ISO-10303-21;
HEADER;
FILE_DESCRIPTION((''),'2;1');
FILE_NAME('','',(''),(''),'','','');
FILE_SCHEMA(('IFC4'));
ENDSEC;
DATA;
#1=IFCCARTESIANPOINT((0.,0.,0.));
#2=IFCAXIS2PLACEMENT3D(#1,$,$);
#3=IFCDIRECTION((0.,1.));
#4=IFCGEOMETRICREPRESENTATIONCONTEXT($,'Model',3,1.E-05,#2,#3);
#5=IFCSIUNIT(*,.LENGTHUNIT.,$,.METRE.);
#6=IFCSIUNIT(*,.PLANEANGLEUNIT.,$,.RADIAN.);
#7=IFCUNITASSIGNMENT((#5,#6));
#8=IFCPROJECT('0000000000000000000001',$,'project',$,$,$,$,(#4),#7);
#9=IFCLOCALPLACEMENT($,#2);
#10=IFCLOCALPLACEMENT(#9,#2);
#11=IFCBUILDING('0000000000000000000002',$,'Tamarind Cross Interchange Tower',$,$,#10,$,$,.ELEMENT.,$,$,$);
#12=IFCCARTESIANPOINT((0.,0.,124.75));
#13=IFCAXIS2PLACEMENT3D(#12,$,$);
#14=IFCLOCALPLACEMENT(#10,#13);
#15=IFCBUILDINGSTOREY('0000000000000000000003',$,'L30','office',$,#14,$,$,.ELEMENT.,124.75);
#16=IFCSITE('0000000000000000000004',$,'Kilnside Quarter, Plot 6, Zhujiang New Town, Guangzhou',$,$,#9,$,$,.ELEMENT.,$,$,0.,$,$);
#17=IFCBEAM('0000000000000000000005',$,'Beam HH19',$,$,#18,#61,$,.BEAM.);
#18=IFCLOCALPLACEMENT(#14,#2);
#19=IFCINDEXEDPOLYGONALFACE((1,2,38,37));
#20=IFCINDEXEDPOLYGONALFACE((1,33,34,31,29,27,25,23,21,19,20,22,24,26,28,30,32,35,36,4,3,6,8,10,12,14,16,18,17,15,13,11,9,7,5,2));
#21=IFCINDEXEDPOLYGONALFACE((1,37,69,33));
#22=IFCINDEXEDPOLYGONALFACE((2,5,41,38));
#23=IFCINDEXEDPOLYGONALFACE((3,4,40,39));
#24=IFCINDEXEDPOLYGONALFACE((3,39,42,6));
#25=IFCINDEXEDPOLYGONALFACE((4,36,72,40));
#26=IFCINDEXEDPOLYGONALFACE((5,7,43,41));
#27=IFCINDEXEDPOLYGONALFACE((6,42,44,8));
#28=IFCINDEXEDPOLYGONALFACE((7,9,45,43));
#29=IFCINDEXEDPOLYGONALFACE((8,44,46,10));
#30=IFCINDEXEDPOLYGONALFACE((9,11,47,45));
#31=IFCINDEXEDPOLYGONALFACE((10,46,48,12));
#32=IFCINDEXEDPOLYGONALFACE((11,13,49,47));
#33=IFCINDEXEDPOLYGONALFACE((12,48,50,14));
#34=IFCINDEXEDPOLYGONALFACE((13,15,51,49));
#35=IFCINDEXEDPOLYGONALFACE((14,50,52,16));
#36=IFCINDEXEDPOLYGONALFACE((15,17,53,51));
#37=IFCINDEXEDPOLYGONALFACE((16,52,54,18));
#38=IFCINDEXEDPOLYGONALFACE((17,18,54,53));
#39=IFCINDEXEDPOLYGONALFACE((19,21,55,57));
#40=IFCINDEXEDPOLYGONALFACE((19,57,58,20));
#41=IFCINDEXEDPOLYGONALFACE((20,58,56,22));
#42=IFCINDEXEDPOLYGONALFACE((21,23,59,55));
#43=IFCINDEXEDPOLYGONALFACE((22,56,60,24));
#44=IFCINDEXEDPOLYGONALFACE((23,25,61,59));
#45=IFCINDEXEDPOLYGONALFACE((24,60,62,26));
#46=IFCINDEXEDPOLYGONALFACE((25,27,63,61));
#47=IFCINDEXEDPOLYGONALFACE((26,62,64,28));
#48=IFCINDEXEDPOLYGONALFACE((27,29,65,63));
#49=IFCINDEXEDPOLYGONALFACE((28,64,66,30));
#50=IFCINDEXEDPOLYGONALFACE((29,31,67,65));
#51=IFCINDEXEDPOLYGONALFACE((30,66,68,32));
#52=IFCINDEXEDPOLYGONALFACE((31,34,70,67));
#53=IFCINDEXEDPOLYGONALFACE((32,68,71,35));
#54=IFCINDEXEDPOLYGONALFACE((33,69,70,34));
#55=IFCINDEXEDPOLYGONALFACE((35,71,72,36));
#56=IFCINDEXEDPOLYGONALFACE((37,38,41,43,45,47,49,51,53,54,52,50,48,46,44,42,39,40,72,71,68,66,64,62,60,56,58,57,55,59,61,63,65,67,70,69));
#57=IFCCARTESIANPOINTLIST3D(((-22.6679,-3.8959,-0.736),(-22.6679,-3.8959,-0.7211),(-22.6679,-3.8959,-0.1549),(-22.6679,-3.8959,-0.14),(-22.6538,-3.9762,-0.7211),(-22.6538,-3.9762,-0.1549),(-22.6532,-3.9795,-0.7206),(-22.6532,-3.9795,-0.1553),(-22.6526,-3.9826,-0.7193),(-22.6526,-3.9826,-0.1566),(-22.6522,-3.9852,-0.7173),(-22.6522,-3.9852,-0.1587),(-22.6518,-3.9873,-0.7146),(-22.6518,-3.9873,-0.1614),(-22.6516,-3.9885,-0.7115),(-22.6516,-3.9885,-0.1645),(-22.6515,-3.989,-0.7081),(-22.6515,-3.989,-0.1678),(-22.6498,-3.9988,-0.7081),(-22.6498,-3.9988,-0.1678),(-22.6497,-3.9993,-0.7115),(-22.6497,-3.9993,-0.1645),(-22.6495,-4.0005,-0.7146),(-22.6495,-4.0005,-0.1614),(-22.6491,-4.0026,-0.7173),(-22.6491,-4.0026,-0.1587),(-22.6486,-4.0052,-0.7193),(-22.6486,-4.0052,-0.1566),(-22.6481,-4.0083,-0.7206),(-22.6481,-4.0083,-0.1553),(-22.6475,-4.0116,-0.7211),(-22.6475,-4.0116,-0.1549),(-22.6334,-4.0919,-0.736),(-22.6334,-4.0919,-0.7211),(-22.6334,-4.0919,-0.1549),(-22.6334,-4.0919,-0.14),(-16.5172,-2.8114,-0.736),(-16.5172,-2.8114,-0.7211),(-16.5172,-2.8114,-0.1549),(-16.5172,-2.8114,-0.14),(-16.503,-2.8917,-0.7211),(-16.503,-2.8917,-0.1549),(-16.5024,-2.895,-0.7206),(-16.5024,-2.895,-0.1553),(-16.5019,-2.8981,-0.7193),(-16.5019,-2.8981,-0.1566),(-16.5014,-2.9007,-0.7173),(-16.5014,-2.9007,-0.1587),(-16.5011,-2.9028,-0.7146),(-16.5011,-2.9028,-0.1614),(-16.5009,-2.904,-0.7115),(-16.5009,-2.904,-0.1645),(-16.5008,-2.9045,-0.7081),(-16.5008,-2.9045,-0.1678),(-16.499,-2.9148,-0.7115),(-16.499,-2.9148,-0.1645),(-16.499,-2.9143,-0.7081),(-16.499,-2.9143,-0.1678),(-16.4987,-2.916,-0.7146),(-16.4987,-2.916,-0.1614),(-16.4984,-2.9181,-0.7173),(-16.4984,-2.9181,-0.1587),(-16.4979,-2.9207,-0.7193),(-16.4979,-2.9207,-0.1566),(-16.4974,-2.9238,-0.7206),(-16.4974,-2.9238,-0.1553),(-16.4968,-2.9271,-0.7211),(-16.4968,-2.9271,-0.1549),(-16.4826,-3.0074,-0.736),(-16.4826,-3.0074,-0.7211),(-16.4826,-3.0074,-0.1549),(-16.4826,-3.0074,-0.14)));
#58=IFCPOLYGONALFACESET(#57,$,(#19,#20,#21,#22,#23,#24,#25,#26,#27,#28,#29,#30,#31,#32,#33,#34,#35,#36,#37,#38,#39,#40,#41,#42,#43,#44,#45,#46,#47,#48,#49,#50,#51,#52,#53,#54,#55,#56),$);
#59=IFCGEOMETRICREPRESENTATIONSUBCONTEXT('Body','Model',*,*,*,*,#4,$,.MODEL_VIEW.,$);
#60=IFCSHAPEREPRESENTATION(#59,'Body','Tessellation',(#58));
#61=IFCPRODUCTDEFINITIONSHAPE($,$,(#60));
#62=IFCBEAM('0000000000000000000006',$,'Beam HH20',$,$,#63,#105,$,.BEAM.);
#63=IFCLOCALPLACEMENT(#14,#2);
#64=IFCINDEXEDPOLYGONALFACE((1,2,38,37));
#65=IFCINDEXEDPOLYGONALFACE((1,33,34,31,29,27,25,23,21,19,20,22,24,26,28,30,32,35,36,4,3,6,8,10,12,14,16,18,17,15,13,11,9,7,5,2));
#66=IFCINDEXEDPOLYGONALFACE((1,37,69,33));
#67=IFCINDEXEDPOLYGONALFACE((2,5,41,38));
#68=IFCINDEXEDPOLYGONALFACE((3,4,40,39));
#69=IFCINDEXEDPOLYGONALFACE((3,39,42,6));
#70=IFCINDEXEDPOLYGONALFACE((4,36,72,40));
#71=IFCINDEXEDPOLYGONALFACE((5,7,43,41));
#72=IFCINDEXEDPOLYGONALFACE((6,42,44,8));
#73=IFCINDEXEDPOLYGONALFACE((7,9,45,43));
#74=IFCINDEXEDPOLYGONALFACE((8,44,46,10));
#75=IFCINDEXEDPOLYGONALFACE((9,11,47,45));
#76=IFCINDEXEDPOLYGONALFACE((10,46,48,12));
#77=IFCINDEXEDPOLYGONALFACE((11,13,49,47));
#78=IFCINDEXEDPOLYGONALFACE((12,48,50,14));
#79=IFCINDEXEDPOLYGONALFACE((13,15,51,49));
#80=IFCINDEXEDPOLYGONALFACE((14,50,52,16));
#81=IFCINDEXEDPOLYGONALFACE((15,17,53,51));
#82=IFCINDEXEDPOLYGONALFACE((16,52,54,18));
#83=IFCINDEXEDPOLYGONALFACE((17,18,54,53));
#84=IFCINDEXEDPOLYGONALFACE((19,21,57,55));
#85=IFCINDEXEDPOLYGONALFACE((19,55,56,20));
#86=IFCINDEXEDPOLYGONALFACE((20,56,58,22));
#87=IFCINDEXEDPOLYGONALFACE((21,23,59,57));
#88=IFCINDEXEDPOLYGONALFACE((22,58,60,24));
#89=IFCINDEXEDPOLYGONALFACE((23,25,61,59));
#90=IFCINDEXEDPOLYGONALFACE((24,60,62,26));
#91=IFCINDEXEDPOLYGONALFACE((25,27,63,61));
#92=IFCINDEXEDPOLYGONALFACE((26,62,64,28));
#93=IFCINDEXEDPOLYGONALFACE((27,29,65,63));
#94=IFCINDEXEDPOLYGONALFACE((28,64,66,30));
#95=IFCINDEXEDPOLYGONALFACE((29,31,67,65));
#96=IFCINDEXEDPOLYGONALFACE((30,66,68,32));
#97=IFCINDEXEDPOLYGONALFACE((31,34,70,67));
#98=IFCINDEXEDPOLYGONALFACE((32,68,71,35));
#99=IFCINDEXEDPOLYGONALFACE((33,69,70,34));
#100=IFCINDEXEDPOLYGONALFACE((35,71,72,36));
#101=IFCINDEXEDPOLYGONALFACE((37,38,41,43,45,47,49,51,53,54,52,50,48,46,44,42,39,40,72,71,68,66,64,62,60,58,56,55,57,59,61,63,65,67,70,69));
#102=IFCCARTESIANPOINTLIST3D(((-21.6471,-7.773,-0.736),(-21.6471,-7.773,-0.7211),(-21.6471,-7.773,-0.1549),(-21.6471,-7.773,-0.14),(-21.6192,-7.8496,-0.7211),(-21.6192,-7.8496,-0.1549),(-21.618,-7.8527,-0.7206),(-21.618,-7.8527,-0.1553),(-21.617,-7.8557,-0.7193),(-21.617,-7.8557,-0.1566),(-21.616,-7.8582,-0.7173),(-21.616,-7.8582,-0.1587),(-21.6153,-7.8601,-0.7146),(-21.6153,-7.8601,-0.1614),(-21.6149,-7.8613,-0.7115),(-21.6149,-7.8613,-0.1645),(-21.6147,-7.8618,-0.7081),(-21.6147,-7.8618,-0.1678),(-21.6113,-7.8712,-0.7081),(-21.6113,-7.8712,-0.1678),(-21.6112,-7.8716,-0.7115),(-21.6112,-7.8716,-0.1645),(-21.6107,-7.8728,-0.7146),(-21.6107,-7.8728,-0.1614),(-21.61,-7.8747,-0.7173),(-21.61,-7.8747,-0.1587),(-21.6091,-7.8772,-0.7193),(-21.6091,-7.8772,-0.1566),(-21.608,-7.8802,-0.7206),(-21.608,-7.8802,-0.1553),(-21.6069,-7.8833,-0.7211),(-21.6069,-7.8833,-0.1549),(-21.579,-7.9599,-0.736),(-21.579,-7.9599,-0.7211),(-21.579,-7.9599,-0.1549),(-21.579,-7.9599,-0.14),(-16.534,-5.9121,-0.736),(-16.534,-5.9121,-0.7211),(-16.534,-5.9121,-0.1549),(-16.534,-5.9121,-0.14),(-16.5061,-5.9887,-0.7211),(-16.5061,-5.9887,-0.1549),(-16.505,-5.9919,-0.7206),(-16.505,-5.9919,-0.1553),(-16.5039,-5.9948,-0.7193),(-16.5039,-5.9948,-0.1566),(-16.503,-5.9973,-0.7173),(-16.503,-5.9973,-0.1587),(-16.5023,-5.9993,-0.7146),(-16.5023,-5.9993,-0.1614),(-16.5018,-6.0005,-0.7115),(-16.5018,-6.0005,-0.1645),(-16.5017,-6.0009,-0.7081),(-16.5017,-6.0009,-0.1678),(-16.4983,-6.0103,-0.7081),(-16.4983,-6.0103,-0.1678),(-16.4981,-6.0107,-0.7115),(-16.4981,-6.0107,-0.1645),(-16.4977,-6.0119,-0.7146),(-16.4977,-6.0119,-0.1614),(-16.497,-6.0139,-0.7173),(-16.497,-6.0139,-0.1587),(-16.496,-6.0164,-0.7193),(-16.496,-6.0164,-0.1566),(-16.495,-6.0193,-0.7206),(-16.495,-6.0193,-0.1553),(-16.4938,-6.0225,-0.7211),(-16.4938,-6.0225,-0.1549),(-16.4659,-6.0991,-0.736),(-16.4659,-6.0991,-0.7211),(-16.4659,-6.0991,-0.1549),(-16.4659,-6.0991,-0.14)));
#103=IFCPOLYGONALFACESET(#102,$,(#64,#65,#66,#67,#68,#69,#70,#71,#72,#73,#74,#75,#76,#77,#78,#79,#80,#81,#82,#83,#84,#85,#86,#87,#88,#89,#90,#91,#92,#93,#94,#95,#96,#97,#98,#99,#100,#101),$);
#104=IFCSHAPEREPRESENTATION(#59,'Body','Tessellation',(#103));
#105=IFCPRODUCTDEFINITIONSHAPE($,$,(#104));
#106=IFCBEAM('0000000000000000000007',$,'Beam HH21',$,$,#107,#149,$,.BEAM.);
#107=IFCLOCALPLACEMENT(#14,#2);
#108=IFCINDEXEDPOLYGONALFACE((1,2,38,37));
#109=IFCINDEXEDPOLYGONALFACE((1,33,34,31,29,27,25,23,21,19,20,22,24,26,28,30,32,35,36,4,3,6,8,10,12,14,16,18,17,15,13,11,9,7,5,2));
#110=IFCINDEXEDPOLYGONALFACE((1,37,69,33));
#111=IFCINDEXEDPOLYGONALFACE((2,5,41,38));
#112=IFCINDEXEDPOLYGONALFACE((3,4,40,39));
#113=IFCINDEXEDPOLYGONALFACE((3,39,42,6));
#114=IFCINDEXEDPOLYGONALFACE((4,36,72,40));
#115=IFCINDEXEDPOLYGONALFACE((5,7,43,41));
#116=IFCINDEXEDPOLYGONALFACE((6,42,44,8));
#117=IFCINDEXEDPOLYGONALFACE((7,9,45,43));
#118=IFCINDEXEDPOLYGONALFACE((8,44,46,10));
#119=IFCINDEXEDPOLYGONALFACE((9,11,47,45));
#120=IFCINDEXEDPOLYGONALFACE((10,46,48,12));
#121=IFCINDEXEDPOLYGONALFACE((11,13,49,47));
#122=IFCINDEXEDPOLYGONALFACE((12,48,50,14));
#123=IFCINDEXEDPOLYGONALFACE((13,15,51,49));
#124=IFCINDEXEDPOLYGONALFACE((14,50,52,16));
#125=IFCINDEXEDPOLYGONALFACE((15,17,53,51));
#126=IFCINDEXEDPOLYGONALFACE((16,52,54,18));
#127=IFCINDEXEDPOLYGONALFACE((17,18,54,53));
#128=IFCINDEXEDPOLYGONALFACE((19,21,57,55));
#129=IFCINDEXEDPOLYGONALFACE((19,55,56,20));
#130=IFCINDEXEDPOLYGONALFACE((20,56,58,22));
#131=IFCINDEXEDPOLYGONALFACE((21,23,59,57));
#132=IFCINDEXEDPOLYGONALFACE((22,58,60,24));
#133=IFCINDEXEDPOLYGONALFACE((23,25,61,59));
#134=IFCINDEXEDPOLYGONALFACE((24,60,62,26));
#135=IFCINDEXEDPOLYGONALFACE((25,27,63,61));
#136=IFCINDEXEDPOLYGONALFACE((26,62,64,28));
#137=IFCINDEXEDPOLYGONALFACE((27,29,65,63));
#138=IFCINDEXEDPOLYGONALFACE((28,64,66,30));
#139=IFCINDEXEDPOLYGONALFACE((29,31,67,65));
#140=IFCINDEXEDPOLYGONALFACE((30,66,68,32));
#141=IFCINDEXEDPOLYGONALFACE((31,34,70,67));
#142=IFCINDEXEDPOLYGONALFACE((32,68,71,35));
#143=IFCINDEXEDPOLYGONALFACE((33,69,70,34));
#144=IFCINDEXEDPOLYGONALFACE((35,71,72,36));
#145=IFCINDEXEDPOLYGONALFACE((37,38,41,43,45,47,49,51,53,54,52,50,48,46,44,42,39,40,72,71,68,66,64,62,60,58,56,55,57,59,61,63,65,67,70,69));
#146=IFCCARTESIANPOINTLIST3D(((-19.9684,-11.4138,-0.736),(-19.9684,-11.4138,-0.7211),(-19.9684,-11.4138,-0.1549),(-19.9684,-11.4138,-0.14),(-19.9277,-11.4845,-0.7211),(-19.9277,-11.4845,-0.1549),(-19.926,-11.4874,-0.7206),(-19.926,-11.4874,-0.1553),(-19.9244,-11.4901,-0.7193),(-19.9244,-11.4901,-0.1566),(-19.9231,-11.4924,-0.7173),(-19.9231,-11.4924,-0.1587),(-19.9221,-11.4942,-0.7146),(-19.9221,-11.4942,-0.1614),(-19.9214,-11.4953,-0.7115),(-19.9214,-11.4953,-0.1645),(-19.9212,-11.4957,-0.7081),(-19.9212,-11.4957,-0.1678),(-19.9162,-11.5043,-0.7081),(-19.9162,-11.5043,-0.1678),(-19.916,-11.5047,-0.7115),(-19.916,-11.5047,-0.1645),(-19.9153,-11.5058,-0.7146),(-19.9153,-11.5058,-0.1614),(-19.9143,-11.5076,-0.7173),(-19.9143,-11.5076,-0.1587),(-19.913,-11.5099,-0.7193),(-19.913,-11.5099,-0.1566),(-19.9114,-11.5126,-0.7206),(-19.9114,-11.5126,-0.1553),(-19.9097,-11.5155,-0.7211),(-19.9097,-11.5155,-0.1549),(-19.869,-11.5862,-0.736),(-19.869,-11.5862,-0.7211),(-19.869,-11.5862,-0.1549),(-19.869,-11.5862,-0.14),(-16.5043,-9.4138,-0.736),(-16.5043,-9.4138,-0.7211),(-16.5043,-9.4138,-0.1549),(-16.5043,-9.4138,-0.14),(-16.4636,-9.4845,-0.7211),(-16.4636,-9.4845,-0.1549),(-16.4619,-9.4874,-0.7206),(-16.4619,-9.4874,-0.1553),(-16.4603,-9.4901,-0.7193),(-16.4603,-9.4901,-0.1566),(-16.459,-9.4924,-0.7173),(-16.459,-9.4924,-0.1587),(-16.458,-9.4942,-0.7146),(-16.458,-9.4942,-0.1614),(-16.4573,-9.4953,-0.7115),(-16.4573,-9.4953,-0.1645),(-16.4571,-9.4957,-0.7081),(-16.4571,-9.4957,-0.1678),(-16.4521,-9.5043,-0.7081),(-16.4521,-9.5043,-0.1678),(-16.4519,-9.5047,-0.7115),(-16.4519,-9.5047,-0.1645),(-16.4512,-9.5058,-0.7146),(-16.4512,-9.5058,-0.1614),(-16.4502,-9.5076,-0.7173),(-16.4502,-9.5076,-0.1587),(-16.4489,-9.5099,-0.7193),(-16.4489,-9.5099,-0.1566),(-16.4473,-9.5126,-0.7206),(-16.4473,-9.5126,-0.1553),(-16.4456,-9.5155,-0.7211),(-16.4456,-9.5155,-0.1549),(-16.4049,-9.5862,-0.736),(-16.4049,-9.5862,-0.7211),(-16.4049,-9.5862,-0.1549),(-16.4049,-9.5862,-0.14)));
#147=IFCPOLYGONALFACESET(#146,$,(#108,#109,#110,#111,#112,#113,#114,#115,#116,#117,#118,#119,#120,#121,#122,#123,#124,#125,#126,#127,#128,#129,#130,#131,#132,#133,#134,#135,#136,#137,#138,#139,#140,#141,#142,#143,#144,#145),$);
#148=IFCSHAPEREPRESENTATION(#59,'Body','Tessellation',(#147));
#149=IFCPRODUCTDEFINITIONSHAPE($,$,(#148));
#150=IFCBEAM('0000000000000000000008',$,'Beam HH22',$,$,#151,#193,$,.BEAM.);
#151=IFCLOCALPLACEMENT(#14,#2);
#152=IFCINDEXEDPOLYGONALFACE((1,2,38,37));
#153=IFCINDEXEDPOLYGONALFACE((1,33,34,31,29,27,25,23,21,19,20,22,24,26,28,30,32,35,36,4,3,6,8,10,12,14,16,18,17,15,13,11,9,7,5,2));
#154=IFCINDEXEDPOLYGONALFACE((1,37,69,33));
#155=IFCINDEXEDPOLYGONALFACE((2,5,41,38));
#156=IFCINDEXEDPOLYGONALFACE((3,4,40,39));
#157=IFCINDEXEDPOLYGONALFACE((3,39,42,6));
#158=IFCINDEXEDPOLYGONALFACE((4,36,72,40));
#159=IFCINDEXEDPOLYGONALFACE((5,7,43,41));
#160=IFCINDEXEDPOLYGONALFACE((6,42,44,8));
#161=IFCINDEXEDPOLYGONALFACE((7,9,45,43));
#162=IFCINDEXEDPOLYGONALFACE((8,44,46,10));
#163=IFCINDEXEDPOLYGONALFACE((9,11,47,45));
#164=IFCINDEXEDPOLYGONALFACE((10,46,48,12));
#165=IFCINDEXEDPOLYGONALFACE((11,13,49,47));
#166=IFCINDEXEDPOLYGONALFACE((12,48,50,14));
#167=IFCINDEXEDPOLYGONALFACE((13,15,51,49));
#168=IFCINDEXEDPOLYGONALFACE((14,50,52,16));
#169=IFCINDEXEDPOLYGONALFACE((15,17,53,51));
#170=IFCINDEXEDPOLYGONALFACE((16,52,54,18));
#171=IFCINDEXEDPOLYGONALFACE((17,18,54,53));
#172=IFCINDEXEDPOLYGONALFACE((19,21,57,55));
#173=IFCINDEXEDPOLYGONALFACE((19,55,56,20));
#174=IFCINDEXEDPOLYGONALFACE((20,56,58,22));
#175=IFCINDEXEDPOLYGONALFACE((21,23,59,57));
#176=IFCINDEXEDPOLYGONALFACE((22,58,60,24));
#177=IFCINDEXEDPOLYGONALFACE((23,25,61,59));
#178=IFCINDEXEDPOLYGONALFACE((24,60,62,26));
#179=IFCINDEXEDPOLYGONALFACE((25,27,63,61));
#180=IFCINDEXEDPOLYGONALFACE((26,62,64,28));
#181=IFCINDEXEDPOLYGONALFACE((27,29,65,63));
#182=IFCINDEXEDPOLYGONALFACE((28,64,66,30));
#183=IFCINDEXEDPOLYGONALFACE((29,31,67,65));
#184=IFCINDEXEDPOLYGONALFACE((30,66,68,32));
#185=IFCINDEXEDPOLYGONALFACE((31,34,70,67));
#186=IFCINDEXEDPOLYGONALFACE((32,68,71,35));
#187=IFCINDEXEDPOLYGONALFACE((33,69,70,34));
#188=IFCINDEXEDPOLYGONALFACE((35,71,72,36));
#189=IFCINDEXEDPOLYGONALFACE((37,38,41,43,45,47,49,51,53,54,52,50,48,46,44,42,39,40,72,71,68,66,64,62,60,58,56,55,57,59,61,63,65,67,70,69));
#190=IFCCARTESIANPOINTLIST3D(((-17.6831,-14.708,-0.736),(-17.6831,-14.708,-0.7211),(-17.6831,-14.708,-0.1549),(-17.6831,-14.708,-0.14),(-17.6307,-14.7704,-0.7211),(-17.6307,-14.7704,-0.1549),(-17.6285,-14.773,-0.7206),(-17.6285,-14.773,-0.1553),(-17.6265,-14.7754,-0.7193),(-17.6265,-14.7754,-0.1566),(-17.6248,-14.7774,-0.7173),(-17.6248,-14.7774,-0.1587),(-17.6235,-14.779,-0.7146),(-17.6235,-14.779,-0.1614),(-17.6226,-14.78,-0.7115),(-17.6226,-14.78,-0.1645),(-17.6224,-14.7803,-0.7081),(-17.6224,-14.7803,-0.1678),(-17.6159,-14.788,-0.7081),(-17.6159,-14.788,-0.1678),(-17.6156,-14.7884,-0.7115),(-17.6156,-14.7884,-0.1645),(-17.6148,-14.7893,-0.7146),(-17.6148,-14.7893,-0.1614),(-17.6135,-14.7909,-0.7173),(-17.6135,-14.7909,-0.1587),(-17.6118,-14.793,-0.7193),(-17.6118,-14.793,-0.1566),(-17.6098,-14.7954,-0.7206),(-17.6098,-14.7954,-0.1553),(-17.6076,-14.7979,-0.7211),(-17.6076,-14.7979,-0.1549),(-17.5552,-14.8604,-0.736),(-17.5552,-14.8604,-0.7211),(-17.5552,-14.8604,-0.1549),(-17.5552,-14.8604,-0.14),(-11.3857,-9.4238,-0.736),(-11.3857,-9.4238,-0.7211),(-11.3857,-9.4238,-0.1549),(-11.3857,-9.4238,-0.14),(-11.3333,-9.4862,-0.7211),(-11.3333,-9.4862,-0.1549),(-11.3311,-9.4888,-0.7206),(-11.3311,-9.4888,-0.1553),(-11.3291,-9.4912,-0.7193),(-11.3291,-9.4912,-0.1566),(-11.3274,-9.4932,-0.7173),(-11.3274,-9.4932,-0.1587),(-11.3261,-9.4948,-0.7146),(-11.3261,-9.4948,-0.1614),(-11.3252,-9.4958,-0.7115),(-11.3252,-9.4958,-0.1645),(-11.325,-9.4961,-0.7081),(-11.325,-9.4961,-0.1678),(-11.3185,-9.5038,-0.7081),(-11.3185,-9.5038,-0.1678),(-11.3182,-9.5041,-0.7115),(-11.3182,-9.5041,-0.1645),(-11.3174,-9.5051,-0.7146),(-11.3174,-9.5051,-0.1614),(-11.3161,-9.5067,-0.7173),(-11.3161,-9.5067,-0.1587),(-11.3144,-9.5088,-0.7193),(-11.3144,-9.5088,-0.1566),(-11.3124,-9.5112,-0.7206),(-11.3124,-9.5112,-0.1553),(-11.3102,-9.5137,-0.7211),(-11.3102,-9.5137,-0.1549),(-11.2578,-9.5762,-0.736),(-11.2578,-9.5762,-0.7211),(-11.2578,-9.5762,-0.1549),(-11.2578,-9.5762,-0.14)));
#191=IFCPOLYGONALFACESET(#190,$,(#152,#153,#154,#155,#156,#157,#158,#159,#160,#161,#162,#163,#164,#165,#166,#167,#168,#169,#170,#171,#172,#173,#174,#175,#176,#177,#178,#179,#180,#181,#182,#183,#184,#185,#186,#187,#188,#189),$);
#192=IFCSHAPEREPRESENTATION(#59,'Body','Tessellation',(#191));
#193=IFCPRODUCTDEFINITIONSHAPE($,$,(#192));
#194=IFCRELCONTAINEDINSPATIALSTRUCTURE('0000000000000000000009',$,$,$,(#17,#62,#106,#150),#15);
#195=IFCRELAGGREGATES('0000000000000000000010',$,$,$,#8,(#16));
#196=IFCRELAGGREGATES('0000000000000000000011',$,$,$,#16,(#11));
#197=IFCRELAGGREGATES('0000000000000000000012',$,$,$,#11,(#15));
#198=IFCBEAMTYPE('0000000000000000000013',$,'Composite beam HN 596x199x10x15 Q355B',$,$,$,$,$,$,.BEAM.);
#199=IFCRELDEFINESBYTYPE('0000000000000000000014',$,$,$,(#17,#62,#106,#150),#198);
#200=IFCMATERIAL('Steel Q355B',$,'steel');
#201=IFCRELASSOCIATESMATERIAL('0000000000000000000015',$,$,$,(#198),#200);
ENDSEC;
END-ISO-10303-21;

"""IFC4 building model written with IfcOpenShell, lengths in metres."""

from ifc_helpers import new_model, si_unit, direction, frame, origin, origin_2d, place, context, subcontext, project, spatial, i_section, extrude, material, material_profile, profile_set, type_object, element, save


model = new_model("IFC4")

# Units and contexts
model_context = context("Model", 3, precision=1e-05, world=origin(), true_north=direction((0.0, 1.0)))
body_context = subcontext(model_context, "Body", "Model", "MODEL_VIEW")
ifc_project = project(units=[si_unit("LENGTHUNIT", "METRE"), si_unit("PLANEANGLEUNIT", "RADIAN")], contexts=[model_context])

# Site, building, storey
site_placement = place(None, origin())
site = spatial("IfcSite", under=ifc_project, at=site_placement, Name="Kilnside Quarter, Plot 6, Zhujiang New Town, Guangzhou", CompositionType="ELEMENT", RefElevation=0.0)
building_placement = place(site_placement, origin())
building = spatial("IfcBuilding", under=site, at=building_placement, Name="Tamarind Cross Interchange Tower", CompositionType="ELEMENT")
storey_placement = place(building_placement, frame((0.0, 0.0, 124.75)))
storey = spatial("IfcBuildingStorey", under=building, at=storey_placement, Name="L30", Description="office", CompositionType="ELEMENT", Elevation=124.75)

# Beams
ifc_material_1 = material(Name="Steel Q355B", Category="steel")
ifc_material_profile_1 = material_profile(ifc_material_1, i_section(OverallWidth=0.199, OverallDepth=0.5959, WebThickness=0.01, FlangeThickness=0.0149, FilletRadius=0.0129, at=origin_2d()), Name="HN 596x199x10x15")
ifc_profile_set_1 = profile_set([ifc_material_profile_1], Name="Steel Q355B")
beam_type = type_object("IfcBeamType", Name="Composite beam HN 596x199x10x15 Q355B", PredefinedType="BEAM", material=ifc_profile_set_1)
beam_1_placement = place(storey_placement, frame((-22.6506, -3.9939, -0.438), z_axis=(0.984809, 0.17364, 0.0), x_axis=(-0.17364, 0.984809, 0.0)))
element("IfcBeam", 1, at=beam_1_placement, inside=storey, type_object=beam_type, Name="Beam HH19", PredefinedType="BEAM", context=body_context, shape_type="SweptSolid", body=[
    extrude(i_section(OverallWidth=0.199, OverallDepth=0.5959, WebThickness=0.01, FlangeThickness=0.0149, FilletRadius=0.0129, at=origin_2d()), origin(), (0.0, 0.0, 1.0), 6.2456),
])
beam_2_placement = place(storey_placement, frame((-21.613, -7.8665, -0.438), z_axis=(0.939702, 0.341995, 0.0), x_axis=(-0.341995, 0.939702, 0.0)))
element("IfcBeam", 2, at=beam_2_placement, inside=storey, type_object=beam_type, Name="Beam HH20", PredefinedType="BEAM", context=body_context, shape_type="SweptSolid", body=[
    extrude(i_section(OverallWidth=0.199, OverallDepth=0.5959, WebThickness=0.01, FlangeThickness=0.0149, FilletRadius=0.0129, at=origin_2d()), origin(), (0.0, 0.0, 1.0), 5.4412),
])
beam_3_placement = place(storey_placement, frame((-19.9187, -11.5, -0.438), z_axis=(0.866026, 0.499999, 0.0), x_axis=(-0.499999, 0.866026, 0.0)))
element("IfcBeam", 3, at=beam_3_placement, inside=storey, type_object=beam_type, Name="Beam HH21", PredefinedType="BEAM", context=body_context, shape_type="SweptSolid", body=[
    extrude(i_section(OverallWidth=0.199, OverallDepth=0.5959, WebThickness=0.01, FlangeThickness=0.0149, FilletRadius=0.0129, at=origin_2d()), origin(), (0.0, 0.0, 1.0), 4.0),
])
beam_4_placement = place(storey_placement, frame((-17.6191, -14.7842, -0.438), z_axis=(0.766041, 0.642792, 0.0), x_axis=(-0.642792, 0.766041, 0.0)))
element("IfcBeam", 4, at=beam_4_placement, inside=storey, type_object=beam_type, Name="Beam HH22", PredefinedType="BEAM", context=body_context, shape_type="SweptSolid", body=[
    extrude(i_section(OverallWidth=0.199, OverallDepth=0.5959, WebThickness=0.01, FlangeThickness=0.0149, FilletRadius=0.0129, at=origin_2d()), origin(), (0.0, 0.0, 1.0), 8.2207),
])

save(model, "model.ifc")
